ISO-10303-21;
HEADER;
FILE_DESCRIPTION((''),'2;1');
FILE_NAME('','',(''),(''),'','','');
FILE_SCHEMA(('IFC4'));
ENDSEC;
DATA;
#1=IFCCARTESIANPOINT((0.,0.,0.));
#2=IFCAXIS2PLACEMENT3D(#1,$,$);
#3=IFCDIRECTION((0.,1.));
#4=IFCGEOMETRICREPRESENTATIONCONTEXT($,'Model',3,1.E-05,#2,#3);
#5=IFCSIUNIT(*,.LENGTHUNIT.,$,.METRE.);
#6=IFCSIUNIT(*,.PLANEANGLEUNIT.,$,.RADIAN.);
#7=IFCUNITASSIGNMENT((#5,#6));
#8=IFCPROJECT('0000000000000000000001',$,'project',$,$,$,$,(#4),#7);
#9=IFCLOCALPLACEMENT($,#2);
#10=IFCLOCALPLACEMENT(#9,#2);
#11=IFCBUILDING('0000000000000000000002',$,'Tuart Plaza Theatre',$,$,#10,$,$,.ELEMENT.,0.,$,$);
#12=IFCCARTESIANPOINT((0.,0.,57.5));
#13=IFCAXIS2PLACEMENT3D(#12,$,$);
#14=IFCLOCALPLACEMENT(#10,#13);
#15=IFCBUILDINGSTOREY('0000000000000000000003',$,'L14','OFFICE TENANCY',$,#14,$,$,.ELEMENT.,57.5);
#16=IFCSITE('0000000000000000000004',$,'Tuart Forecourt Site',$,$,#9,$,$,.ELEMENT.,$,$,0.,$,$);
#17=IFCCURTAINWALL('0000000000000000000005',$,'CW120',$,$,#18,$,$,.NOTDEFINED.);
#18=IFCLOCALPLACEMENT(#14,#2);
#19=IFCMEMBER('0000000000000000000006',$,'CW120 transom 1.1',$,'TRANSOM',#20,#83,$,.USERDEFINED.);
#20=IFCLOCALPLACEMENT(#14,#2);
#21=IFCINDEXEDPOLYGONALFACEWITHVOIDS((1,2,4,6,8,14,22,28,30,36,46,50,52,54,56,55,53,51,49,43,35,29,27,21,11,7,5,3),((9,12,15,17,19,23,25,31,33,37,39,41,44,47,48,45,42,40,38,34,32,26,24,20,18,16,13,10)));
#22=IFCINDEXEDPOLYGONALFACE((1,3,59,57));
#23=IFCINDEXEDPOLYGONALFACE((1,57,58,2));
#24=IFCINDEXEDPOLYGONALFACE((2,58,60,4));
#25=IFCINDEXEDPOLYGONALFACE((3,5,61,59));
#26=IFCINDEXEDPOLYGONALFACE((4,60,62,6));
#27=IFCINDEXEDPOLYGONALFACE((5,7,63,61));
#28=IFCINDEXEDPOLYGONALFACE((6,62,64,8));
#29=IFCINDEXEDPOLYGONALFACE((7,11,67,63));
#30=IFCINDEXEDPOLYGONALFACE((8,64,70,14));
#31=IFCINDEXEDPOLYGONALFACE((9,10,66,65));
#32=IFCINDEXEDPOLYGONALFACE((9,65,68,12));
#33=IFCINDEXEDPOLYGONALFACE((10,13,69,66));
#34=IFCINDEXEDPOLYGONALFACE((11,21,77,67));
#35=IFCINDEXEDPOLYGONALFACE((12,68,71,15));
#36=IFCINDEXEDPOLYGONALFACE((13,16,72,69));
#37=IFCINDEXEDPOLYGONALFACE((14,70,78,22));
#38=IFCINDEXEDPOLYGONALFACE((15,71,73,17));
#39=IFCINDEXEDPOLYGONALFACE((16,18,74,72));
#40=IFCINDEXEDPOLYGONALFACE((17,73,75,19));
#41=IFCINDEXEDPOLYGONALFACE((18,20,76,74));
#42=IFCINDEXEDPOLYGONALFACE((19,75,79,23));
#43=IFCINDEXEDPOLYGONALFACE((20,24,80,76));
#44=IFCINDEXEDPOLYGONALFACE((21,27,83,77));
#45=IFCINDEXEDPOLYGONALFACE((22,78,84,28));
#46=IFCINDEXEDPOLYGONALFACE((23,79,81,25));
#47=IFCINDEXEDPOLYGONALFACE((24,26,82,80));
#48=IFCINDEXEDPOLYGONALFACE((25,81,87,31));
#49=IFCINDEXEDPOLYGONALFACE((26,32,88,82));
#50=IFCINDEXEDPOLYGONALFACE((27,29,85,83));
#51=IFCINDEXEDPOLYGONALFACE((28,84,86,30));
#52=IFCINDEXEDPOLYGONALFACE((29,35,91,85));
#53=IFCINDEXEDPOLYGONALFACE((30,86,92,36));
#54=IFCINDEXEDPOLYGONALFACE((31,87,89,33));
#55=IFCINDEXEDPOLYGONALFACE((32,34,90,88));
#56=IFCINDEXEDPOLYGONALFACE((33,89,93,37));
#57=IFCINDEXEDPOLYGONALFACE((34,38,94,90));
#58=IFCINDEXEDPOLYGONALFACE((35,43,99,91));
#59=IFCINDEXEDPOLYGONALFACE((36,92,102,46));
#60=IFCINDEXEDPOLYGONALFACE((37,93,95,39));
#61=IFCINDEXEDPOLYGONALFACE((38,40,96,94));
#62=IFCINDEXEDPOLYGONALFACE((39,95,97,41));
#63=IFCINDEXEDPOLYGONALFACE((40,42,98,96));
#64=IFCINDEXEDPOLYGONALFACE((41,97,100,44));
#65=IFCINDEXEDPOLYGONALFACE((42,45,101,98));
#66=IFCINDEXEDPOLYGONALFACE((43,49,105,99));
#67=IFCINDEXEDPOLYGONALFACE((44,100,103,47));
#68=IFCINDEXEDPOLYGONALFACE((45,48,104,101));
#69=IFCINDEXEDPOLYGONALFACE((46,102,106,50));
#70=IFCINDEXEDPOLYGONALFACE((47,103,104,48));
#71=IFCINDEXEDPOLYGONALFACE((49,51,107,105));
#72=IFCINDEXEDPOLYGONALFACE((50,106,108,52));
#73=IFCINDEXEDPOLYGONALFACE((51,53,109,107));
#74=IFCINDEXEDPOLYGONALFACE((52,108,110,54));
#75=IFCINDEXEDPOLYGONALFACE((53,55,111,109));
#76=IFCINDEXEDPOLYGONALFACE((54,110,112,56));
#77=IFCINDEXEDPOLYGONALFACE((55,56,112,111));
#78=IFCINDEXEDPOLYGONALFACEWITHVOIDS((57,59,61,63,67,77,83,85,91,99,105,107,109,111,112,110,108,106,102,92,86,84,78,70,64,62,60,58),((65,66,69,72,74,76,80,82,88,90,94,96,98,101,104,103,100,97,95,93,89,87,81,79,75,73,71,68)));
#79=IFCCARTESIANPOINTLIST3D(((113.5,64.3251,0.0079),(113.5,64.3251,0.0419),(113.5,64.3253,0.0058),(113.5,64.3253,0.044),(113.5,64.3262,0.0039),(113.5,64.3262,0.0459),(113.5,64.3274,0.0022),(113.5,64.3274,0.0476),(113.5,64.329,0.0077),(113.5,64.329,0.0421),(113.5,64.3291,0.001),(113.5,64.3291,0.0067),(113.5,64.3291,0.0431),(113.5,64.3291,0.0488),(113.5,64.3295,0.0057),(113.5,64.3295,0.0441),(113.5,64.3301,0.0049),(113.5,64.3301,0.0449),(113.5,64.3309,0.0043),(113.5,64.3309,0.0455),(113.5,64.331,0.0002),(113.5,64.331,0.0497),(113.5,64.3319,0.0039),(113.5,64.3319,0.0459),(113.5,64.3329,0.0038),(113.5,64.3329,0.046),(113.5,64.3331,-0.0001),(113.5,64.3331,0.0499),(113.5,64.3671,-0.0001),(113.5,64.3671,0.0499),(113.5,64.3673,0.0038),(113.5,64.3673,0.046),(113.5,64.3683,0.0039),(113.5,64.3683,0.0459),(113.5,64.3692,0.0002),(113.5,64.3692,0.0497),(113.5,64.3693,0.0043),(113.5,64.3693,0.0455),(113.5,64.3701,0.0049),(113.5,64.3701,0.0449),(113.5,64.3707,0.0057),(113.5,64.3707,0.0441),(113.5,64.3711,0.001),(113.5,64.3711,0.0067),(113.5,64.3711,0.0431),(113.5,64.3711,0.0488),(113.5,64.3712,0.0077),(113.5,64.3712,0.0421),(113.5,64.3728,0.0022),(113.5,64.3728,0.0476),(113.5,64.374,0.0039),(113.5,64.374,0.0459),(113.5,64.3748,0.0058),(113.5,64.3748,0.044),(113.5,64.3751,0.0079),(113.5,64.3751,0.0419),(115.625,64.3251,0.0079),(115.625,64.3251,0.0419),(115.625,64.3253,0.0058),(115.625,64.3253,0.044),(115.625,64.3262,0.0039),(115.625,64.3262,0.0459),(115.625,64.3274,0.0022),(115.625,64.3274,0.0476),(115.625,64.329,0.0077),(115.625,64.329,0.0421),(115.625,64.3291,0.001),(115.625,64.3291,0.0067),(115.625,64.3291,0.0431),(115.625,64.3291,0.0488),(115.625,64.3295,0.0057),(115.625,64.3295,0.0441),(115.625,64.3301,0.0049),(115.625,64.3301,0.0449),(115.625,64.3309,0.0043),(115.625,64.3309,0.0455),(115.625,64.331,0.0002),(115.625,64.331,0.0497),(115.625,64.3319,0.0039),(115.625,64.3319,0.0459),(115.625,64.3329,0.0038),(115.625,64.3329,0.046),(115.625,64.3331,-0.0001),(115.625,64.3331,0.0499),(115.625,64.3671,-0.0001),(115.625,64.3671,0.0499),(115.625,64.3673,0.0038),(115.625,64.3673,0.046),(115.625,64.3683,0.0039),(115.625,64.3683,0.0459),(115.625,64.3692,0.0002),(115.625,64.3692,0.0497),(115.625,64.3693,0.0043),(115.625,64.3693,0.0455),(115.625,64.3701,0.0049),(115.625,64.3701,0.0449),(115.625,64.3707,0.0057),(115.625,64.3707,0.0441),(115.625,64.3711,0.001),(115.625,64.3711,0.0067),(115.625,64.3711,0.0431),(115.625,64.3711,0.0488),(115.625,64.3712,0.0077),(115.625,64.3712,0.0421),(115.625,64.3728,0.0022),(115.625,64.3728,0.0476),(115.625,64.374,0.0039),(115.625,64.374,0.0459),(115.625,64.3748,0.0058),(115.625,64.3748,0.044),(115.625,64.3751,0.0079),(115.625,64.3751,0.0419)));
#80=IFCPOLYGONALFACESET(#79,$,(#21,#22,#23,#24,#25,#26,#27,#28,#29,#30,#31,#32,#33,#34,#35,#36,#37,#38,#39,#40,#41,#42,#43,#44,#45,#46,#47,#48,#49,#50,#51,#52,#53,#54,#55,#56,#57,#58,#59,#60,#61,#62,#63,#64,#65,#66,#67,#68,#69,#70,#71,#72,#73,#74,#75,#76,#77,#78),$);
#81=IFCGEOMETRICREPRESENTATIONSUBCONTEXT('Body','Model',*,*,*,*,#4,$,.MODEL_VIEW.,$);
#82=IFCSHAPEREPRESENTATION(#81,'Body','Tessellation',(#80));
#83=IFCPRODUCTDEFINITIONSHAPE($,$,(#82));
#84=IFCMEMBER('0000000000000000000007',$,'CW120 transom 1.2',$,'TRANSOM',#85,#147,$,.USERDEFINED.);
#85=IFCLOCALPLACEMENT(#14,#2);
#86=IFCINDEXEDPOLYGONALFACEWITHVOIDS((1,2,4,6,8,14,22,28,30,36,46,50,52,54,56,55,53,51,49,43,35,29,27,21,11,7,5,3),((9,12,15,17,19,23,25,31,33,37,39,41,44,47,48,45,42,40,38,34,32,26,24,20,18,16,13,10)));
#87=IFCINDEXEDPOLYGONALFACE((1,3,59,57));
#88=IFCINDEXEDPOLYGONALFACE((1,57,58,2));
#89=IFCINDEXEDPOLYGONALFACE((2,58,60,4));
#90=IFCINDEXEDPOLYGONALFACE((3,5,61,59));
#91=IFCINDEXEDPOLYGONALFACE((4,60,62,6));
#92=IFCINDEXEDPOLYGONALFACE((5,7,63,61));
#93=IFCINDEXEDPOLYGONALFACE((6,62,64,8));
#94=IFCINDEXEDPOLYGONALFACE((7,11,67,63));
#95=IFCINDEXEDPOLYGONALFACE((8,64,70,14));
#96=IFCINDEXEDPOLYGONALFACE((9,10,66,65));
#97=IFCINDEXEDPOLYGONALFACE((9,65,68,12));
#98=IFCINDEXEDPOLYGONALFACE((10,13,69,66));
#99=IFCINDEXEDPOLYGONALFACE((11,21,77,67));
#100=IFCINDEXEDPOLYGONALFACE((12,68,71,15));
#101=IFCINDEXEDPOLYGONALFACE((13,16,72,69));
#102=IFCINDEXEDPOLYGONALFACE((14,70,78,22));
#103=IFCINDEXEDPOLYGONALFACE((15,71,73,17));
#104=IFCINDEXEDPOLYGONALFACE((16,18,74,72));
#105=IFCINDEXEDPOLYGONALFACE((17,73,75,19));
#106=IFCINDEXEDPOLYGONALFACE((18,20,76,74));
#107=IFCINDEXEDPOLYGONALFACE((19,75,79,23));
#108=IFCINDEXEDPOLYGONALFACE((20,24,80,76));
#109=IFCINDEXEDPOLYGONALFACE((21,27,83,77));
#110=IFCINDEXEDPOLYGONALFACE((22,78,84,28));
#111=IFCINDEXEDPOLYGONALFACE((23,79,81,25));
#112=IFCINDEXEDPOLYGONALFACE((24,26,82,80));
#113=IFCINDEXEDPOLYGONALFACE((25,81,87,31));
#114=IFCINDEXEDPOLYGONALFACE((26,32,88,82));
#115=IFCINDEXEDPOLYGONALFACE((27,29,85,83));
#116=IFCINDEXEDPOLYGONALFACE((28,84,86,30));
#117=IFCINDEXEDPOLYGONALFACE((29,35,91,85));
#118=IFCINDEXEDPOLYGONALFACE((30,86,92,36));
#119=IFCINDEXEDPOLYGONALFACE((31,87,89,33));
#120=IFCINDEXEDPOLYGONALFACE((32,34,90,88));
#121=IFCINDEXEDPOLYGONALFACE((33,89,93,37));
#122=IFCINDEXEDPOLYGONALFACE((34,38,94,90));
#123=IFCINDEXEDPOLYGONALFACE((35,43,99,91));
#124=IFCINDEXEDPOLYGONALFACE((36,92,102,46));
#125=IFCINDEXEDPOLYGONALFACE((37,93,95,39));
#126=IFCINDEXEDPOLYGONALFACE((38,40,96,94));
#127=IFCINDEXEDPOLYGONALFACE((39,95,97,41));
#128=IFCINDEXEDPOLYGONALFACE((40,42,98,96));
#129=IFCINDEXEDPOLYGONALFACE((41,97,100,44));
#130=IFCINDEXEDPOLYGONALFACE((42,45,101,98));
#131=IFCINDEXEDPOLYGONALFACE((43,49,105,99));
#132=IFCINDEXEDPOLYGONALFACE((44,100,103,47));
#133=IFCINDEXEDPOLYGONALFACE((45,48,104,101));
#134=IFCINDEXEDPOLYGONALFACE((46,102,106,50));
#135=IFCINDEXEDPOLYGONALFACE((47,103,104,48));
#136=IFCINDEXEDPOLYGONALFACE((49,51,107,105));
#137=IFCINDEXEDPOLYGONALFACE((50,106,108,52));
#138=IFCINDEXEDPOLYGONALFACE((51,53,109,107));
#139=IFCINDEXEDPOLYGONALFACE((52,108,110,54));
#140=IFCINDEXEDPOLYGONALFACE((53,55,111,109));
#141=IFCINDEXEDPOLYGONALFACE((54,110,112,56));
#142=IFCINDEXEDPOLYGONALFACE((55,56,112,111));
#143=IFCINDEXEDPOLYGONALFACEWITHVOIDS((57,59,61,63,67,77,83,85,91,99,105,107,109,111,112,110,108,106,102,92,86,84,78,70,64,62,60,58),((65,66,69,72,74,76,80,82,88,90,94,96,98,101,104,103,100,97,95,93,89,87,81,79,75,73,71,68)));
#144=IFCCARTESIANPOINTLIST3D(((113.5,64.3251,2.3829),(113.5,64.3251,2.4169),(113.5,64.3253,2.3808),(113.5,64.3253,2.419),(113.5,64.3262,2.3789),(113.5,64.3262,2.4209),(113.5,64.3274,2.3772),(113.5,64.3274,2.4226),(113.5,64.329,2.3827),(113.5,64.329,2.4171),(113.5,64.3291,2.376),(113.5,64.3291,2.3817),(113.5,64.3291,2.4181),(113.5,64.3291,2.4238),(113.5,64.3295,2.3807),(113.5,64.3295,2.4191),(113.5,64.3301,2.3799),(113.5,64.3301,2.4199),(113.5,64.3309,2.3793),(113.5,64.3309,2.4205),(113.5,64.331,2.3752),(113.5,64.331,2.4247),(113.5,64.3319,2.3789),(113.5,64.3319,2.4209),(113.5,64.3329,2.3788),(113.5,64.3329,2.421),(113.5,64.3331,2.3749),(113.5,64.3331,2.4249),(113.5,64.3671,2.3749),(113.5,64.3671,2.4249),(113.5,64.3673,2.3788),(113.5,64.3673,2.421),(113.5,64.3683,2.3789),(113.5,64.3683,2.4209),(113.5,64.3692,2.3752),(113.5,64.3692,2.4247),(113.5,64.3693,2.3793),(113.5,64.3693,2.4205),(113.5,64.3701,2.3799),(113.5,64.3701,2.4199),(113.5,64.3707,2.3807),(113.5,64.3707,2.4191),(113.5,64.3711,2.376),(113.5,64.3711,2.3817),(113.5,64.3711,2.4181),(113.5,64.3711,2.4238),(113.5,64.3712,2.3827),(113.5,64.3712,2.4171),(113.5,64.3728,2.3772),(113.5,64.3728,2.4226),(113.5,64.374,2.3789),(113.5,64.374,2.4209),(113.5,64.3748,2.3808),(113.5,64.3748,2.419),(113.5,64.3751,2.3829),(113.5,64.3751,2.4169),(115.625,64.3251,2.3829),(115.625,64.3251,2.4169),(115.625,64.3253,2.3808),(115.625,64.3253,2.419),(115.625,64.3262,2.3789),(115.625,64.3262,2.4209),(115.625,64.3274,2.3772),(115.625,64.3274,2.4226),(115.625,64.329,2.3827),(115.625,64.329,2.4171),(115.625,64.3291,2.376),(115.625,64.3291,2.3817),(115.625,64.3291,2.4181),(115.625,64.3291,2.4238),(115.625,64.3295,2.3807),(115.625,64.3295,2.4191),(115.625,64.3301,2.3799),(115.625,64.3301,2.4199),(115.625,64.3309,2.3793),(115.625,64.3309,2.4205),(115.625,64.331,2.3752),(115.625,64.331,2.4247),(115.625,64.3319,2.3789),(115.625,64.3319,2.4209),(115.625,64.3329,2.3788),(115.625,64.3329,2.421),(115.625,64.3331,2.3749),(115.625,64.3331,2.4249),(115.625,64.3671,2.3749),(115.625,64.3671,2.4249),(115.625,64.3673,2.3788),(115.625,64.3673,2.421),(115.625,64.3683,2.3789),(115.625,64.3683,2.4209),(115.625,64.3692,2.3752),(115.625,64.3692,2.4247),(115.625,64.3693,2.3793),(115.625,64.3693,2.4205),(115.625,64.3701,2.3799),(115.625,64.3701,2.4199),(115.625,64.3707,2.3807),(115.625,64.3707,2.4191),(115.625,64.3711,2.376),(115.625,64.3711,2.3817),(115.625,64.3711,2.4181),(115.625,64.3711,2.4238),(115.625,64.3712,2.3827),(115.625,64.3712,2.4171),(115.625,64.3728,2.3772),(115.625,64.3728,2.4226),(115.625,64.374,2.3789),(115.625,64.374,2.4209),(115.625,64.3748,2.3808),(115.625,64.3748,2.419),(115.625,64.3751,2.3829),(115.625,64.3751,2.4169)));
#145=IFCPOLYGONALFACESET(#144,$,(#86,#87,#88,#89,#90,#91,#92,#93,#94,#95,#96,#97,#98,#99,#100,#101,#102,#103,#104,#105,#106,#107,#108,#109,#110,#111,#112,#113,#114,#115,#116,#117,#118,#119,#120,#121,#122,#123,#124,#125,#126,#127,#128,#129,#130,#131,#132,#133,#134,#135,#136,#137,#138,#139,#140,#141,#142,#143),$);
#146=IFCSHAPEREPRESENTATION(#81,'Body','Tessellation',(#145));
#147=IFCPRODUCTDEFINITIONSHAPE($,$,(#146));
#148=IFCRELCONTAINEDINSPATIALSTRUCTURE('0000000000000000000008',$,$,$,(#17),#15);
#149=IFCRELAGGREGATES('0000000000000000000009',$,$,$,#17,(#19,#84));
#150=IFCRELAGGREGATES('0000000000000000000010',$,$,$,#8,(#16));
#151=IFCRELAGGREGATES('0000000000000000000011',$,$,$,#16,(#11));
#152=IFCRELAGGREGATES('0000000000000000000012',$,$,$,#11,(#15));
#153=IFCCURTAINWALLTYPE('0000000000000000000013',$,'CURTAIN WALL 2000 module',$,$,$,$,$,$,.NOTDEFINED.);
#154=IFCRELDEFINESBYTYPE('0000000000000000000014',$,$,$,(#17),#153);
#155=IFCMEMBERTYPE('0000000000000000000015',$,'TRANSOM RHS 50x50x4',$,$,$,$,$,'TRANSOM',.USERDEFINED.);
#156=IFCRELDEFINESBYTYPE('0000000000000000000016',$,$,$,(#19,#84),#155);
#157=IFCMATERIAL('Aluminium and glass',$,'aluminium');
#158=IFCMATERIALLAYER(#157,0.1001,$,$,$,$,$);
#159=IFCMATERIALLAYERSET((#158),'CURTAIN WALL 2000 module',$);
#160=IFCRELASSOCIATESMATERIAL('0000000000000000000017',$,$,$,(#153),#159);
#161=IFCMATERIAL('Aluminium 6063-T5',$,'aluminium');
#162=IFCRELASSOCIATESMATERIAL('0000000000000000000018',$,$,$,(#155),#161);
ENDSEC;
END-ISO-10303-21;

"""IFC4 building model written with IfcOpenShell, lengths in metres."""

from ifc_helpers import new_model, si_unit, direction, frame, origin, origin_2d, place, context, subcontext, project, spatial, hollow_rectangle, extrude, material, layer, layer_set, material_profile, profile_set, type_object, element, aggregate, save


model = new_model("IFC4")

# Units and contexts
model_context = context("Model", 3, precision=1e-05, world=origin(), true_north=direction((0.0, 1.0)))
body_context = subcontext(model_context, "Body", "Model", "MODEL_VIEW")
ifc_project = project(units=[si_unit("LENGTHUNIT", "METRE"), si_unit("PLANEANGLEUNIT", "RADIAN")], contexts=[model_context])

# Site, building, storey
site_placement = place(None, origin())
site = spatial("IfcSite", under=ifc_project, at=site_placement, Name="Tuart Forecourt Site", CompositionType="ELEMENT", RefElevation=0.0)
building_placement = place(site_placement, origin())
building = spatial("IfcBuilding", under=site, at=building_placement, Name="Tuart Plaza Theatre", CompositionType="ELEMENT", ElevationOfRefHeight=0.0)
storey_placement = place(building_placement, frame((0.0, 0.0, 57.5)))
storey = spatial("IfcBuildingStorey", under=building, at=storey_placement, Name="L14", Description="OFFICE TENANCY", CompositionType="ELEMENT", Elevation=57.5)

# Curtain wall
ifc_material_1 = material(Name="Aluminium and glass", Category="aluminium")
ifc_layer_1 = layer(ifc_material_1, 0.1001)
ifc_layer_set_1 = layer_set([ifc_layer_1], Name="CURTAIN WALL 2000 module")
curtain_wall_type_1 = type_object("IfcCurtainWallType", Name="CURTAIN WALL 2000 module", PredefinedType="NOTDEFINED", material=ifc_layer_set_1)
curtain_wall_1_placement = place(storey_placement, origin())
curtain_wall_1 = element("IfcCurtainWall", 1, at=curtain_wall_1_placement, inside=storey, type_object=curtain_wall_type_1, Name="CW120", PredefinedType="NOTDEFINED")

# Shared definitions
ifc_material_2 = material(Name="Aluminium 6063-T5", Category="aluminium")
ifc_material_profile_1 = material_profile(ifc_material_2, hollow_rectangle(XDim=0.05, YDim=0.05, WallThickness=0.0039, InnerFilletRadius=0.0039, OuterFilletRadius=0.0081, at=origin_2d()), Name="RHS 50x50x4")
ifc_profile_set_1 = profile_set([ifc_material_profile_1], Name="Aluminium 6063-T5")
member_type_1 = type_object("IfcMemberType", Name="TRANSOM RHS 50x50x4", ElementType="TRANSOM", PredefinedType="USERDEFINED", material=ifc_profile_set_1)

# Members
member_1_placement = place(storey_placement, frame((113.5, 64.3501, 0.0249), z_axis=(1.0, 0.0, 0.0), x_axis=(0.0, 1.0, 0.0)))
member_1 = element("IfcMember", 2, at=member_1_placement, type_object=member_type_1, Name="CW120 transom 1.1", ObjectType="TRANSOM", PredefinedType="USERDEFINED", context=body_context, shape_type="SweptSolid", body=[
    extrude(hollow_rectangle(XDim=0.05, YDim=0.05, WallThickness=0.0039, InnerFilletRadius=0.0039, OuterFilletRadius=0.0081, at=origin_2d()), origin(), (0.0, 0.0, 1.0), 2.125),
])
member_2_placement = place(storey_placement, frame((113.5, 64.3501, 2.3999), z_axis=(1.0, 0.0, 0.0), x_axis=(0.0, 1.0, 0.0)))
member_2 = element("IfcMember", 3, at=member_2_placement, type_object=member_type_1, Name="CW120 transom 1.2", ObjectType="TRANSOM", PredefinedType="USERDEFINED", context=body_context, shape_type="SweptSolid", body=[
    extrude(hollow_rectangle(XDim=0.05, YDim=0.05, WallThickness=0.0039, InnerFilletRadius=0.0039, OuterFilletRadius=0.0081, at=origin_2d()), origin(), (0.0, 0.0, 1.0), 2.125),
])

aggregate(curtain_wall_1, [member_1, member_2])

save(model, "model.ifc")
